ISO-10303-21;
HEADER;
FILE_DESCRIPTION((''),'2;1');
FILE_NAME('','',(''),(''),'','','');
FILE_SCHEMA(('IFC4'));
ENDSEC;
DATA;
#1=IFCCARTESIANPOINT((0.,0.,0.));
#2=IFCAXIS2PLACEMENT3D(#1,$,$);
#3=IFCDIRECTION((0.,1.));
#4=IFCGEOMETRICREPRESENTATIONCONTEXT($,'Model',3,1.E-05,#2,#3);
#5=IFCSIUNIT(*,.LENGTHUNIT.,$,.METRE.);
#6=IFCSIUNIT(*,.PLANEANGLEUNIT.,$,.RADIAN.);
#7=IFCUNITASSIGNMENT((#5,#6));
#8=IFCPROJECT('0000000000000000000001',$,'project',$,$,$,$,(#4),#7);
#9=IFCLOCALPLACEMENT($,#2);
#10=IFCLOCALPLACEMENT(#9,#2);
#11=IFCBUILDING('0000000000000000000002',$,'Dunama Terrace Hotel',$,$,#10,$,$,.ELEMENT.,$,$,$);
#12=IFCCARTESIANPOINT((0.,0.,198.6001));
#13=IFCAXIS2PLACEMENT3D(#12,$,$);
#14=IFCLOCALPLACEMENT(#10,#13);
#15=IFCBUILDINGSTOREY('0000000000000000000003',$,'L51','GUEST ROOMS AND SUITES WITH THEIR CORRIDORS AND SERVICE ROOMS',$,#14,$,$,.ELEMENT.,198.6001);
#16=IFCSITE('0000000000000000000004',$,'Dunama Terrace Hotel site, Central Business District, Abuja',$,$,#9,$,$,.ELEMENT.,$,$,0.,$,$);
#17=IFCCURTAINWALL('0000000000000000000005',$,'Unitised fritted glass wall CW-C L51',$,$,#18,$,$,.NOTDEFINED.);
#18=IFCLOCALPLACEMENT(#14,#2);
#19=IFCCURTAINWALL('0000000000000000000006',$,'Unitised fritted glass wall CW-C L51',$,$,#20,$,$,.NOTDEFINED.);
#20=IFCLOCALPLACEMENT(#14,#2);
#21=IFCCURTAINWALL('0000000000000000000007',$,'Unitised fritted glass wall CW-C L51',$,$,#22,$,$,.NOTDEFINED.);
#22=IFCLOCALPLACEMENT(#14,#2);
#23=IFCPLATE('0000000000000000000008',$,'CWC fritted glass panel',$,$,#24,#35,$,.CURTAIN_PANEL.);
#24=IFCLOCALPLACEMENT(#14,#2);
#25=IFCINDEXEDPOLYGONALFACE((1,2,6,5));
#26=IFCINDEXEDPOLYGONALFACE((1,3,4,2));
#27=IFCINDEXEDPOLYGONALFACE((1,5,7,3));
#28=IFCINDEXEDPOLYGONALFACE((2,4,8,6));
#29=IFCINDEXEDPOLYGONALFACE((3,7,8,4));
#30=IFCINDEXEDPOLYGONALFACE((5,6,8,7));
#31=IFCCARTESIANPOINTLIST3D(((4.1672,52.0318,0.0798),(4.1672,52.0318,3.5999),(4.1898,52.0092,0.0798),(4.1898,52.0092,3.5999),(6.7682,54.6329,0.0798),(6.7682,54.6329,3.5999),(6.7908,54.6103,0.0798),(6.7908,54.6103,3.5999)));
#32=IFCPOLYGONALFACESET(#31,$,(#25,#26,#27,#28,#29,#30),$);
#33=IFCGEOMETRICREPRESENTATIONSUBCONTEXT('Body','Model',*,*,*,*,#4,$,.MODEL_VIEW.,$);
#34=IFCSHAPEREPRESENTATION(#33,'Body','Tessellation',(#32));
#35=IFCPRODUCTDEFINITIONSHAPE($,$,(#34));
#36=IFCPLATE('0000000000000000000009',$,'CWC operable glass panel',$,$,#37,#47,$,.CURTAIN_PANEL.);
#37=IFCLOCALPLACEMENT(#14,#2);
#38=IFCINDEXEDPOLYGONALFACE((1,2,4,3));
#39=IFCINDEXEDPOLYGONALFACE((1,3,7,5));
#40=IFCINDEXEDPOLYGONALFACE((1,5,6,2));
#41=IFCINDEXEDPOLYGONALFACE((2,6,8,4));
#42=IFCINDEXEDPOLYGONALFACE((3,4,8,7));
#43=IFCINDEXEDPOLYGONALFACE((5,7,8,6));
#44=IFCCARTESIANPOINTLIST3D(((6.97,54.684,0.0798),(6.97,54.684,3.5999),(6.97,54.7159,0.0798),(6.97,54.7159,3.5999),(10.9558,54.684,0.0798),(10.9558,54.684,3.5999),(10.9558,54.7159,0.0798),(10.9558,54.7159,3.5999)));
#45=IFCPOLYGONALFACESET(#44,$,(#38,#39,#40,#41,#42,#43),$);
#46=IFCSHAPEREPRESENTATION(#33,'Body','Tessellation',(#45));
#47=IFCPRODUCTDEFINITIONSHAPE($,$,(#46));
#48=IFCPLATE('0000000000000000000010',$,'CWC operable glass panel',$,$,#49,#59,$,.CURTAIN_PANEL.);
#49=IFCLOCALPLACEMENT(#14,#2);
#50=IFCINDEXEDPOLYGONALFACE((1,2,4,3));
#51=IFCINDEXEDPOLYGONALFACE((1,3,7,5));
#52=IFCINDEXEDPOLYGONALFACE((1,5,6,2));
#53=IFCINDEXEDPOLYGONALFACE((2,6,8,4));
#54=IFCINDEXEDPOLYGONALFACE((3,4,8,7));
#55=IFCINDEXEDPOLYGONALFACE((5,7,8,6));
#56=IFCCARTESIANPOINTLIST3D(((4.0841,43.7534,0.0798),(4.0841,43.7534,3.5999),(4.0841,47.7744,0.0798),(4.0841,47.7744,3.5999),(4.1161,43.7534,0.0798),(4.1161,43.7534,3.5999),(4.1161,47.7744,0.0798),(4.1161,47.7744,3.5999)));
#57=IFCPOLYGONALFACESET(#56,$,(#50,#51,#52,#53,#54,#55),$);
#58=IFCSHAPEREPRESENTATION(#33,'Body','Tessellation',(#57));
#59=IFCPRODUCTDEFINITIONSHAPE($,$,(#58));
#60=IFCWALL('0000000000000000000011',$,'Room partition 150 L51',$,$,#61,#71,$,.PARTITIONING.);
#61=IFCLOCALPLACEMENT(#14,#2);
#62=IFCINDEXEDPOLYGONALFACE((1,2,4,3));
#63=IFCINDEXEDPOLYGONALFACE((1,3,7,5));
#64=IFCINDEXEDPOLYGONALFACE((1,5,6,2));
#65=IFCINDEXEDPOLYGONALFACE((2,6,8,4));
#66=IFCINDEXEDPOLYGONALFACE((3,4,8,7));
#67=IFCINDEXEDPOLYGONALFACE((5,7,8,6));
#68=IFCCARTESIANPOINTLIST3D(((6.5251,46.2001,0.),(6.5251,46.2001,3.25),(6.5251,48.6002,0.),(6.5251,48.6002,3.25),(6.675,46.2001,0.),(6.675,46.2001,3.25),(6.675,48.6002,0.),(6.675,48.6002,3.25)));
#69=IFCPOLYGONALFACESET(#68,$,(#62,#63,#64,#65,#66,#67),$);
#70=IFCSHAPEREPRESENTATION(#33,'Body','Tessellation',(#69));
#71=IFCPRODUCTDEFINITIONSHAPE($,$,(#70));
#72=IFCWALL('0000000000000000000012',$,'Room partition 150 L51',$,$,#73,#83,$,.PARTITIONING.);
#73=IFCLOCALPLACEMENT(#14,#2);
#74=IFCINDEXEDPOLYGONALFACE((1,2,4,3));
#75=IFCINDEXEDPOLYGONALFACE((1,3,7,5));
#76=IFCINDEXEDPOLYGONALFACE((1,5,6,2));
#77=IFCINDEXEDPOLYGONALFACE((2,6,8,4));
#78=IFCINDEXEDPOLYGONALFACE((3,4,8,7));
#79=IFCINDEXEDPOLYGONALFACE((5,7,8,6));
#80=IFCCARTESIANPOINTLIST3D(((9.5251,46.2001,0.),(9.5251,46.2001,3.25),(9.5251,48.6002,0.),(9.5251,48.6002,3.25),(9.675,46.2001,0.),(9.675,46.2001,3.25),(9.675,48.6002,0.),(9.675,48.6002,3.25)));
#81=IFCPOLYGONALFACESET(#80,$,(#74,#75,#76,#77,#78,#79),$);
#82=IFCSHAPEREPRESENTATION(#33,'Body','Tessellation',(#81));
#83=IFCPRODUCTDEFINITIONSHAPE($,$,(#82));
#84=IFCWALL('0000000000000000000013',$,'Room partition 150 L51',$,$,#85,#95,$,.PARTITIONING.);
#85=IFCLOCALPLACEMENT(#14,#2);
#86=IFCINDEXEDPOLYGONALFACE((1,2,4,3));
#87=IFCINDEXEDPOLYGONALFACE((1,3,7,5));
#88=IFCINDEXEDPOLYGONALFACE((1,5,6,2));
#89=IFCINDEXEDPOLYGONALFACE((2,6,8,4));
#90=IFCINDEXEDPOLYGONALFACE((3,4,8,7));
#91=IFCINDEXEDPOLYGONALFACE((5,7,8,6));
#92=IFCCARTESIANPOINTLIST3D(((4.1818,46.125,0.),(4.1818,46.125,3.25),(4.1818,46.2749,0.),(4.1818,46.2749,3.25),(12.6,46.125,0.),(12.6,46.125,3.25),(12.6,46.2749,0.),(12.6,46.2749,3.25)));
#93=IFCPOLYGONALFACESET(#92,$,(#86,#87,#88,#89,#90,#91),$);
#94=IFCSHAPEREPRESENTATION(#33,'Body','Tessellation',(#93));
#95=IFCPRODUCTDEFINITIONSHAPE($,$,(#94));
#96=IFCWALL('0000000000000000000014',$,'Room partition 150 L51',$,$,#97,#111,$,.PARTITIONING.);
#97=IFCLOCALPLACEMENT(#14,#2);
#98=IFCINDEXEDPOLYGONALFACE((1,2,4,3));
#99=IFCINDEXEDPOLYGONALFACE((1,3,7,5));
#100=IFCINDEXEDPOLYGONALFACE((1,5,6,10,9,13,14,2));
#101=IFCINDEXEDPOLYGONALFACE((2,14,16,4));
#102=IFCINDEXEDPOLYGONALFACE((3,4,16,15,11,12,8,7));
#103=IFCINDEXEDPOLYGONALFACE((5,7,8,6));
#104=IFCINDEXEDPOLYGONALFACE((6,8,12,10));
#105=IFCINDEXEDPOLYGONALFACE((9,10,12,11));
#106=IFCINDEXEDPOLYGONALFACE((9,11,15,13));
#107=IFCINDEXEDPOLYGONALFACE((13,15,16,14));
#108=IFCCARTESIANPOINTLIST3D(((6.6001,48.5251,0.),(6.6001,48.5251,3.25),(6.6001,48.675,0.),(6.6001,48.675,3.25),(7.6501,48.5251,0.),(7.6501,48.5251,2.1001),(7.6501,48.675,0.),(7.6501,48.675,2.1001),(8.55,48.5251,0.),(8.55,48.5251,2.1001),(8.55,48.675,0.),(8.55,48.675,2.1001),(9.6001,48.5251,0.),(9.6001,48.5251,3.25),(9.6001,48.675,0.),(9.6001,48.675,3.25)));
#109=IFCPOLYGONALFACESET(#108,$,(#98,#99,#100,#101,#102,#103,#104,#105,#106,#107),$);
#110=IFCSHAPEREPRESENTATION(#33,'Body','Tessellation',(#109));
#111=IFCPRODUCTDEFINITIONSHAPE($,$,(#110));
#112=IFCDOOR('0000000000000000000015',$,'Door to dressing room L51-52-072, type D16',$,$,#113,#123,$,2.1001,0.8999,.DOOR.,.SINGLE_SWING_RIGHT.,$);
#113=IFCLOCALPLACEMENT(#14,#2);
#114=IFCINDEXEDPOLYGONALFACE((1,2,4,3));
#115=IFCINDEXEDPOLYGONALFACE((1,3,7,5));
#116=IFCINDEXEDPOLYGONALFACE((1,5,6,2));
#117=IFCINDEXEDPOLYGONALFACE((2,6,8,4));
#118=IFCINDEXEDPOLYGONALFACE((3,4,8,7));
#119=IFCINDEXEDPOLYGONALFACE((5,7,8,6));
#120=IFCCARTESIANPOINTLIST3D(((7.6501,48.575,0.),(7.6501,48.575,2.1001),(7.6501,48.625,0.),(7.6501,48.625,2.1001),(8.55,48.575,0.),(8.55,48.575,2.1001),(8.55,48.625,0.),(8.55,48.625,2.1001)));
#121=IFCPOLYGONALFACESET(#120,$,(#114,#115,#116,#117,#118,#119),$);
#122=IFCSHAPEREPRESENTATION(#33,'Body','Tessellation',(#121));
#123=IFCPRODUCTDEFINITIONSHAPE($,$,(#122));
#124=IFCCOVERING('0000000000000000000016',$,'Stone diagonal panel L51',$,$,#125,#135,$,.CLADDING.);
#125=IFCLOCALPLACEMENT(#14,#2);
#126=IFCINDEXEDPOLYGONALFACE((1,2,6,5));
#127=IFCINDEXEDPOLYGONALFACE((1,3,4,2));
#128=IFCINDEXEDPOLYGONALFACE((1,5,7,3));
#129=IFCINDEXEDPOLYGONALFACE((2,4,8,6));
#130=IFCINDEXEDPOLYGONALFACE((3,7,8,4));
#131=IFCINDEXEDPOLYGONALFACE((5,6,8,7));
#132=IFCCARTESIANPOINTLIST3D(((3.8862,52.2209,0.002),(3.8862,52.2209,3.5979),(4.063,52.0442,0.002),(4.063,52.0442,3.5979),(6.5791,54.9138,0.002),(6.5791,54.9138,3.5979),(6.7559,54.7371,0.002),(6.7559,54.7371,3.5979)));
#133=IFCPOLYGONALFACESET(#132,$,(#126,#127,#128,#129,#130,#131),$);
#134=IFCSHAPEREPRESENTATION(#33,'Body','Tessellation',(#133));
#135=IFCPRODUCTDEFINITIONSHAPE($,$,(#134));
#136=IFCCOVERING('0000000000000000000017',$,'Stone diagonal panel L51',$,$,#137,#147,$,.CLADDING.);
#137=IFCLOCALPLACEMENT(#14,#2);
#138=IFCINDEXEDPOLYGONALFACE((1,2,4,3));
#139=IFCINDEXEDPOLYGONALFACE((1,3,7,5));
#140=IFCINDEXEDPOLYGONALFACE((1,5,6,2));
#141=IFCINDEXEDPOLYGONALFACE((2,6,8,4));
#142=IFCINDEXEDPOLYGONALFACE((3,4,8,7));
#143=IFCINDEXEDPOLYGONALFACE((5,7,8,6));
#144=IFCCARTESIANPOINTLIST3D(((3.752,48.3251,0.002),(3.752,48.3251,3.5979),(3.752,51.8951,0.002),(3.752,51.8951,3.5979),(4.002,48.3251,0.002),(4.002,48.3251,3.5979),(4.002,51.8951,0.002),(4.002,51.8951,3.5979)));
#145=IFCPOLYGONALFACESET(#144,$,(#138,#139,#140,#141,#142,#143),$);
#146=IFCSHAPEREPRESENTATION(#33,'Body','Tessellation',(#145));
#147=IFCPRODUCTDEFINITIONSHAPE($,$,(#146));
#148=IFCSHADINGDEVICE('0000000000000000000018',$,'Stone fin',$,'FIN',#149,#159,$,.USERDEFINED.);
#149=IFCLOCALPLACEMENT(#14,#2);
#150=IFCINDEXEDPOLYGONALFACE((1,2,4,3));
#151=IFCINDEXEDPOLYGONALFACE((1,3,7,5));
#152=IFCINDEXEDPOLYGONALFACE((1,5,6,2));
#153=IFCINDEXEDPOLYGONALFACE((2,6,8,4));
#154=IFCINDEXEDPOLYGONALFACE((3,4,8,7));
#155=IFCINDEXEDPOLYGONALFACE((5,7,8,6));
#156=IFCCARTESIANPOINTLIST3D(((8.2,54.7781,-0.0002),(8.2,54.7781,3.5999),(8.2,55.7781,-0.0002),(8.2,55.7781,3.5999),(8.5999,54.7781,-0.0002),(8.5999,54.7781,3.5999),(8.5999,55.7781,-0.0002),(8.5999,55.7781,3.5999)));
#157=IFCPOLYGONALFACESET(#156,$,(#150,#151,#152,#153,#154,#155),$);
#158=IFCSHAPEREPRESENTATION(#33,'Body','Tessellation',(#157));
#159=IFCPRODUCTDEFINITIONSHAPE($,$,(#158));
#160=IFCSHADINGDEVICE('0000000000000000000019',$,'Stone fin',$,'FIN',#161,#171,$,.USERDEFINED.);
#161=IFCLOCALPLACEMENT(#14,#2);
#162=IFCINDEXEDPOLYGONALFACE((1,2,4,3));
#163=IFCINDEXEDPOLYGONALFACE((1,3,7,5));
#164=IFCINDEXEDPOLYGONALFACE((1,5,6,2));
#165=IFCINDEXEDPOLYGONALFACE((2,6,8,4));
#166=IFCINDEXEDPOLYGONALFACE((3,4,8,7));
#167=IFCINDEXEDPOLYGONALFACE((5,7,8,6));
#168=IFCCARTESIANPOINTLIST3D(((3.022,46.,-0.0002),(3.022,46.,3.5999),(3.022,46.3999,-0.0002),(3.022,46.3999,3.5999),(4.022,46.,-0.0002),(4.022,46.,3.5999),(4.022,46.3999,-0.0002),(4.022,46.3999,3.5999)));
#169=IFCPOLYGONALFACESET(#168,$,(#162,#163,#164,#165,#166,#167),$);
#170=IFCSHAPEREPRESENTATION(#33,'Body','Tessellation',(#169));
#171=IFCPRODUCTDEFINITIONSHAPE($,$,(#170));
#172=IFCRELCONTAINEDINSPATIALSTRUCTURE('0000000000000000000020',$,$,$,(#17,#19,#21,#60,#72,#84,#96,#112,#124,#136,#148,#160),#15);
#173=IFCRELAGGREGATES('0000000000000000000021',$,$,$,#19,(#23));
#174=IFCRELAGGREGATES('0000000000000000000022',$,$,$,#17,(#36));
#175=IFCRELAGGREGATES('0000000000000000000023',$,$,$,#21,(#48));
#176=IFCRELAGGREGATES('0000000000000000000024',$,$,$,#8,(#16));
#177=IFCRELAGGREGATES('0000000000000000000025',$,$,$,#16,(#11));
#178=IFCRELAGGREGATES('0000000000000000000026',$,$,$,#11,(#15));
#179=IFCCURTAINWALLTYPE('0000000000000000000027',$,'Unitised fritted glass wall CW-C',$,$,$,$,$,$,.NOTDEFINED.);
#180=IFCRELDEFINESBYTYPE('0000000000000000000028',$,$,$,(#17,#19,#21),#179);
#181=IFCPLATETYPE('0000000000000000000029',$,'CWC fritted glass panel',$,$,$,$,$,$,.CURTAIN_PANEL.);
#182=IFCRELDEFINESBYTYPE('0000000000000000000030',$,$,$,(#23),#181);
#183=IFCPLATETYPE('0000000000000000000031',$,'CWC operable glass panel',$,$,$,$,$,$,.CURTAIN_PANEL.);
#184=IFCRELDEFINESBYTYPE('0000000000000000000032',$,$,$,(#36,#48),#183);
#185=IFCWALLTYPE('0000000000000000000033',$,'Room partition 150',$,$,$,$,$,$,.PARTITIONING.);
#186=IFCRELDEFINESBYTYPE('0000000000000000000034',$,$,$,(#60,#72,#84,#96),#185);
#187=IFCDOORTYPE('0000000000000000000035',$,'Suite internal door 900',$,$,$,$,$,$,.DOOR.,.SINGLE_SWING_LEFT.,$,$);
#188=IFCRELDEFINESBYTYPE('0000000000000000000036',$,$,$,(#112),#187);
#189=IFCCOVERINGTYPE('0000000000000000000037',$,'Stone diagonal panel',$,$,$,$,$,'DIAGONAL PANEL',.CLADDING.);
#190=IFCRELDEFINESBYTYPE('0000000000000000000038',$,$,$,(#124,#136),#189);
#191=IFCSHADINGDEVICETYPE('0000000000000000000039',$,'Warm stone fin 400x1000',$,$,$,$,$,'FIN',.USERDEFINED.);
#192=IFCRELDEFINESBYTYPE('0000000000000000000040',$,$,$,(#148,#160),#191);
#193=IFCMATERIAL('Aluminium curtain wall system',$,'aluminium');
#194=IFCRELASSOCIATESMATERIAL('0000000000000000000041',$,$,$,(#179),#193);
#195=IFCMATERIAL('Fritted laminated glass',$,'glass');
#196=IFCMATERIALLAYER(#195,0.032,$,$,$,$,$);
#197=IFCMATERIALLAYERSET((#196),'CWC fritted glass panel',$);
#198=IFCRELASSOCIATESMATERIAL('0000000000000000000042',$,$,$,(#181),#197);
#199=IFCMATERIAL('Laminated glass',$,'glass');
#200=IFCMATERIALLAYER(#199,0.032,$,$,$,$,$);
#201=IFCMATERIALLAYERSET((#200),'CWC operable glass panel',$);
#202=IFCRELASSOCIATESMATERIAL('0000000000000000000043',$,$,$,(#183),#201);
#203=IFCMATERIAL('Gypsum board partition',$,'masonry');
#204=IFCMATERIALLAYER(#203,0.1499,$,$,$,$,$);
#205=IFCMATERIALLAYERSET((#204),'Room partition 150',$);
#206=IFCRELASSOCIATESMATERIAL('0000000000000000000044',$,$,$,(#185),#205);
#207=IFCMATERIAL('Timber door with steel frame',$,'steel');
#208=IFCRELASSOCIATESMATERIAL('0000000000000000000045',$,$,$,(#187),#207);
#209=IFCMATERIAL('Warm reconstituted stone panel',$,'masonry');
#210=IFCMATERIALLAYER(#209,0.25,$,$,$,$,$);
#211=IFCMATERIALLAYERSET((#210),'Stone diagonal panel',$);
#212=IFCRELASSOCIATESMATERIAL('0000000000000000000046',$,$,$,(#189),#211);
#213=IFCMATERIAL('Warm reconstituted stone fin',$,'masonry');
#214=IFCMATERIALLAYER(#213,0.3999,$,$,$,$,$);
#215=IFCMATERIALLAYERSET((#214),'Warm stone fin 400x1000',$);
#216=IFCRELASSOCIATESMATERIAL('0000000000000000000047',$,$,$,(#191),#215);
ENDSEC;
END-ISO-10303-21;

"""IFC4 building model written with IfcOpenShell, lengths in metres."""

from ifc_helpers import new_model, si_unit, direction, frame, frame_2d, origin, origin_2d, place, context, subcontext, project, spatial, rectangle, extrude, material, layer, layer_set, type_object, element, fill, aggregate, save


model = new_model("IFC4")

# Units and contexts
model_context = context("Model", 3, precision=1e-05, world=origin(), true_north=direction((0.0, 1.0)))
body_context = subcontext(model_context, "Body", "Model", "MODEL_VIEW")
ifc_project = project(units=[si_unit("LENGTHUNIT", "METRE"), si_unit("PLANEANGLEUNIT", "RADIAN")], contexts=[model_context])

# Site, building, storey
site_placement = place(None, origin())
site = spatial("IfcSite", under=ifc_project, at=site_placement, Name="Dunama Terrace Hotel site, Central Business District, Abuja", CompositionType="ELEMENT", RefElevation=0.0)
building_placement = place(site_placement, origin())
building = spatial("IfcBuilding", under=site, at=building_placement, Name="Dunama Terrace Hotel", CompositionType="ELEMENT")
storey_placement = place(building_placement, frame((0.0, 0.0, 198.6001)))
storey = spatial("IfcBuildingStorey", under=building, at=storey_placement, Name="L51", Description="GUEST ROOMS AND SUITES WITH THEIR CORRIDORS AND SERVICE ROOMS", CompositionType="ELEMENT", Elevation=198.6001)

# Curtain wall
ifc_material_1 = material(Name="Aluminium curtain wall system", Category="aluminium")
curtain_wall_type = type_object("IfcCurtainWallType", Name="Unitised fritted glass wall CW-C", PredefinedType="NOTDEFINED", material=ifc_material_1)
curtain_wall_1_placement = place(storey_placement, origin())
curtain_wall_1 = element("IfcCurtainWall", 1, at=curtain_wall_1_placement, inside=storey, type_object=curtain_wall_type, Name="Unitised fritted glass wall CW-C L51", PredefinedType="NOTDEFINED")

# Curtain walls
curtain_wall_2_placement = place(storey_placement, origin())
curtain_wall_2 = element("IfcCurtainWall", 2, at=curtain_wall_2_placement, inside=storey, type_object=curtain_wall_type, Name="Unitised fritted glass wall CW-C L51", PredefinedType="NOTDEFINED")
curtain_wall_3_placement = place(storey_placement, origin())
curtain_wall_3 = element("IfcCurtainWall", 3, at=curtain_wall_3_placement, inside=storey, type_object=curtain_wall_type, Name="Unitised fritted glass wall CW-C L51", PredefinedType="NOTDEFINED")

# Plates
ifc_material_2 = material(Name="Fritted laminated glass", Category="glass")
ifc_layer_1 = layer(ifc_material_2, 0.032)
ifc_layer_set_1 = layer_set([ifc_layer_1], Name="CWC fritted glass panel")
plate_type_1 = type_object("IfcPlateType", Name="CWC fritted glass panel", PredefinedType="CURTAIN_PANEL", material=ifc_layer_set_1)
plate_1_placement = place(storey_placement, frame((5.479, 53.321, 0.0798), z_axis=(0.0, 0.0, 1.0), x_axis=(-0.707107, -0.707107, 0.0)))
plate_1 = element("IfcPlate", 4, at=plate_1_placement, type_object=plate_type_1, Name="CWC fritted glass panel", PredefinedType="CURTAIN_PANEL", context=body_context, shape_type="SweptSolid", body=[
    extrude(rectangle(XDim=3.6785, YDim=0.032, at=origin_2d()), origin(), (0.0, 0.0, 1.0), 3.52),
])
aggregate(curtain_wall_2, [plate_1])
ifc_material_3 = material(Name="Laminated glass", Category="glass")
ifc_layer_2 = layer(ifc_material_3, 0.032)
ifc_layer_set_2 = layer_set([ifc_layer_2], Name="CWC operable glass panel")
plate_type_2 = type_object("IfcPlateType", Name="CWC operable glass panel", PredefinedType="CURTAIN_PANEL", material=ifc_layer_set_2)
plate_2_placement = place(storey_placement, frame((8.9629, 54.7, 0.0798), z_axis=(0.0, 0.0, 1.0), x_axis=(-1.0, 0.0, 0.0)))
plate_2 = element("IfcPlate", 5, at=plate_2_placement, type_object=plate_type_2, Name="CWC operable glass panel", PredefinedType="CURTAIN_PANEL", context=body_context, shape_type="SweptSolid", body=[
    extrude(rectangle(XDim=3.9858, YDim=0.032, at=origin_2d()), origin(), (0.0, 0.0, 1.0), 3.52),
])
aggregate(curtain_wall_1, [plate_2])
plate_3_placement = place(storey_placement, frame((4.1001, 45.7639, 0.0798), z_axis=(0.0, 0.0, 1.0), x_axis=(0.0, -1.0, 0.0)))
plate_3 = element("IfcPlate", 6, at=plate_3_placement, type_object=plate_type_2, Name="CWC operable glass panel", PredefinedType="CURTAIN_PANEL", context=body_context, shape_type="SweptSolid", body=[
    extrude(rectangle(XDim=4.021, YDim=0.032, at=origin_2d()), origin(), (0.0, 0.0, 1.0), 3.52),
])
aggregate(curtain_wall_3, [plate_3])

# Walls
ifc_material_4 = material(Name="Gypsum board partition", Category="masonry")
ifc_layer_3 = layer(ifc_material_4, 0.1499)
ifc_layer_set_3 = layer_set([ifc_layer_3], Name="Room partition 150")
wall_type = type_object("IfcWallType", Name="Room partition 150", PredefinedType="PARTITIONING", material=ifc_layer_set_3)
for number, where, z_axis, x_axis, name in (
    (7, (6.6001, 46.2, 0.0), (0.0, 0.0, 1.0), (0.0, 1.0, 0.0), "Room partition 150 L51"),
    (8, (9.6001, 46.2, 0.0), (0.0, 0.0, 1.0), (0.0, 1.0, 0.0), "Room partition 150 L51"),
):
    element("IfcWall", number, at=place(storey_placement, frame(where, z_axis=z_axis, x_axis=x_axis)), inside=storey, type_object=wall_type, Name=name, PredefinedType="PARTITIONING", context=body_context, shape_type="SweptSolid", body=[
        extrude(rectangle(XDim=2.4001, YDim=0.1499, at=frame_2d((1.2002, 0.0))), origin(), (0.0, 0.0, 1.0), 3.25),
    ])
wall_1_placement = place(storey_placement, frame((4.1819, 46.2, 0.0), z_axis=(0.0, 0.0, 1.0), x_axis=(1.0, 0.0, 0.0)))
element("IfcWall", 9, at=wall_1_placement, inside=storey, type_object=wall_type, Name="Room partition 150 L51", PredefinedType="PARTITIONING", context=body_context, shape_type="SweptSolid", body=[
    extrude(rectangle(XDim=8.4182, YDim=0.1499, at=frame_2d((4.209, 0.0))), origin(), (0.0, 0.0, 1.0), 3.25),
])

# Wall, opening, door
wall_2_placement = place(storey_placement, frame((6.6001, 48.6001, 0.0), z_axis=(0.0, 0.0, 1.0), x_axis=(1.0, 0.0, 0.0)))
wall_2 = element("IfcWall", 10, at=wall_2_placement, inside=storey, type_object=wall_type, Name="Room partition 150 L51", PredefinedType="PARTITIONING", context=body_context, shape_type="SweptSolid", body=[
    extrude(rectangle(XDim=3.0, YDim=0.1499, at=frame_2d((1.5, 0.0))), origin(), (0.0, 0.0, 1.0), 3.25),
])
opening_placement = place(wall_2_placement, frame((1.05, 0.0, 0.0)))
opening = element("IfcOpeningElement", 11, at=opening_placement, cuts=wall_2, PredefinedType="OPENING", context=body_context, shape_type="SweptSolid", body=[
    extrude(rectangle(XDim=0.8999, YDim=2.1001, at=frame_2d((0.45, 1.05))), frame((0.0, 0.085, 0.0), z_axis=(0.0, -1.0, 0.0), x_axis=(1.0, 0.0, 0.0)), (0.0, 0.0, 1.0), 0.1699),
])
ifc_material_5 = material(Name="Timber door with steel frame", Category="steel")
door_type = type_object("IfcDoorType", Name="Suite internal door 900", OperationType="SINGLE_SWING_LEFT", PredefinedType="DOOR", material=ifc_material_5)
door_placement = place(opening_placement, frame((0.8999, 0.0, 0.0), z_axis=(0.0, 0.0, 1.0), x_axis=(-1.0, 0.0, 0.0)))
door = element("IfcDoor", 12, at=door_placement, inside=storey, type_object=door_type, Name="Door to dressing room L51-52-072, type D16", OperationType="SINGLE_SWING_RIGHT", OverallHeight=2.1001, OverallWidth=0.8999, PredefinedType="DOOR", context=body_context, shape_type="SweptSolid", body=[
    extrude(rectangle(XDim=0.8999, YDim=2.1001, at=frame_2d((0.45, 1.05))), frame((0.0, 0.0251, 0.0), z_axis=(0.0, -1.0, 0.0), x_axis=(1.0, 0.0, 0.0)), (0.0, 0.0, 1.0), 0.05),
])
fill(opening, door)

# Coverings
ifc_material_6 = material(Name="Warm reconstituted stone panel", Category="masonry")
ifc_layer_4 = layer(ifc_material_6, 0.25)
ifc_layer_set_4 = layer_set([ifc_layer_4], Name="Stone diagonal panel")
covering_type = type_object("IfcCoveringType", Name="Stone diagonal panel", ElementType="DIAGONAL PANEL", PredefinedType="CLADDING", material=ifc_layer_set_4)
covering_1_placement = place(storey_placement, frame((5.321, 53.479, 0.002), z_axis=(0.0, 0.0, 1.0), x_axis=(-0.707107, -0.707107, 0.0)))
element("IfcCovering", 13, at=covering_1_placement, inside=storey, type_object=covering_type, Name="Stone diagonal panel L51", PredefinedType="CLADDING", context=body_context, shape_type="SweptSolid", body=[
    extrude(rectangle(XDim=3.8083, YDim=0.25, at=origin_2d()), origin(), (0.0, 0.0, 1.0), 3.5959),
])
covering_2_placement = place(storey_placement, frame((3.877, 50.1101, 0.002), z_axis=(0.0, 0.0, 1.0), x_axis=(0.0, -1.0, 0.0)))
element("IfcCovering", 14, at=covering_2_placement, inside=storey, type_object=covering_type, Name="Stone diagonal panel L51", PredefinedType="CLADDING", context=body_context, shape_type="SweptSolid", body=[
    extrude(rectangle(XDim=3.5701, YDim=0.25, at=origin_2d()), origin(), (0.0, 0.0, 1.0), 3.5959),
])

# Shading devices
ifc_material_7 = material(Name="Warm reconstituted stone fin", Category="masonry")
ifc_layer_5 = layer(ifc_material_7, 0.3999)
ifc_layer_set_5 = layer_set([ifc_layer_5], Name="Warm stone fin 400x1000")
shading_device_type = type_object("IfcShadingDeviceType", Name="Warm stone fin 400x1000", ElementType="FIN", PredefinedType="USERDEFINED", material=ifc_layer_set_5)
for number, where, z_axis, x_axis, name in (
    (15, (8.3999, 55.2781, -0.0002), (0.0, 0.0, 1.0), (-1.0, 0.0, 0.0), "Stone fin"),
    (16, (3.522, 46.2, -0.0002), (0.0, 0.0, 1.0), (0.0, -1.0, 0.0), "Stone fin"),
):
    element("IfcShadingDevice", number, at=place(storey_placement, frame(where, z_axis=z_axis, x_axis=x_axis)), inside=storey, type_object=shading_device_type, Name=name, ObjectType="FIN", PredefinedType="USERDEFINED", context=body_context, shape_type="SweptSolid", body=[
        extrude(rectangle(XDim=0.3999, YDim=1.0, at=origin_2d()), origin(), (0.0, 0.0, 1.0), 3.6001),
    ])

save(model, "model.ifc")
